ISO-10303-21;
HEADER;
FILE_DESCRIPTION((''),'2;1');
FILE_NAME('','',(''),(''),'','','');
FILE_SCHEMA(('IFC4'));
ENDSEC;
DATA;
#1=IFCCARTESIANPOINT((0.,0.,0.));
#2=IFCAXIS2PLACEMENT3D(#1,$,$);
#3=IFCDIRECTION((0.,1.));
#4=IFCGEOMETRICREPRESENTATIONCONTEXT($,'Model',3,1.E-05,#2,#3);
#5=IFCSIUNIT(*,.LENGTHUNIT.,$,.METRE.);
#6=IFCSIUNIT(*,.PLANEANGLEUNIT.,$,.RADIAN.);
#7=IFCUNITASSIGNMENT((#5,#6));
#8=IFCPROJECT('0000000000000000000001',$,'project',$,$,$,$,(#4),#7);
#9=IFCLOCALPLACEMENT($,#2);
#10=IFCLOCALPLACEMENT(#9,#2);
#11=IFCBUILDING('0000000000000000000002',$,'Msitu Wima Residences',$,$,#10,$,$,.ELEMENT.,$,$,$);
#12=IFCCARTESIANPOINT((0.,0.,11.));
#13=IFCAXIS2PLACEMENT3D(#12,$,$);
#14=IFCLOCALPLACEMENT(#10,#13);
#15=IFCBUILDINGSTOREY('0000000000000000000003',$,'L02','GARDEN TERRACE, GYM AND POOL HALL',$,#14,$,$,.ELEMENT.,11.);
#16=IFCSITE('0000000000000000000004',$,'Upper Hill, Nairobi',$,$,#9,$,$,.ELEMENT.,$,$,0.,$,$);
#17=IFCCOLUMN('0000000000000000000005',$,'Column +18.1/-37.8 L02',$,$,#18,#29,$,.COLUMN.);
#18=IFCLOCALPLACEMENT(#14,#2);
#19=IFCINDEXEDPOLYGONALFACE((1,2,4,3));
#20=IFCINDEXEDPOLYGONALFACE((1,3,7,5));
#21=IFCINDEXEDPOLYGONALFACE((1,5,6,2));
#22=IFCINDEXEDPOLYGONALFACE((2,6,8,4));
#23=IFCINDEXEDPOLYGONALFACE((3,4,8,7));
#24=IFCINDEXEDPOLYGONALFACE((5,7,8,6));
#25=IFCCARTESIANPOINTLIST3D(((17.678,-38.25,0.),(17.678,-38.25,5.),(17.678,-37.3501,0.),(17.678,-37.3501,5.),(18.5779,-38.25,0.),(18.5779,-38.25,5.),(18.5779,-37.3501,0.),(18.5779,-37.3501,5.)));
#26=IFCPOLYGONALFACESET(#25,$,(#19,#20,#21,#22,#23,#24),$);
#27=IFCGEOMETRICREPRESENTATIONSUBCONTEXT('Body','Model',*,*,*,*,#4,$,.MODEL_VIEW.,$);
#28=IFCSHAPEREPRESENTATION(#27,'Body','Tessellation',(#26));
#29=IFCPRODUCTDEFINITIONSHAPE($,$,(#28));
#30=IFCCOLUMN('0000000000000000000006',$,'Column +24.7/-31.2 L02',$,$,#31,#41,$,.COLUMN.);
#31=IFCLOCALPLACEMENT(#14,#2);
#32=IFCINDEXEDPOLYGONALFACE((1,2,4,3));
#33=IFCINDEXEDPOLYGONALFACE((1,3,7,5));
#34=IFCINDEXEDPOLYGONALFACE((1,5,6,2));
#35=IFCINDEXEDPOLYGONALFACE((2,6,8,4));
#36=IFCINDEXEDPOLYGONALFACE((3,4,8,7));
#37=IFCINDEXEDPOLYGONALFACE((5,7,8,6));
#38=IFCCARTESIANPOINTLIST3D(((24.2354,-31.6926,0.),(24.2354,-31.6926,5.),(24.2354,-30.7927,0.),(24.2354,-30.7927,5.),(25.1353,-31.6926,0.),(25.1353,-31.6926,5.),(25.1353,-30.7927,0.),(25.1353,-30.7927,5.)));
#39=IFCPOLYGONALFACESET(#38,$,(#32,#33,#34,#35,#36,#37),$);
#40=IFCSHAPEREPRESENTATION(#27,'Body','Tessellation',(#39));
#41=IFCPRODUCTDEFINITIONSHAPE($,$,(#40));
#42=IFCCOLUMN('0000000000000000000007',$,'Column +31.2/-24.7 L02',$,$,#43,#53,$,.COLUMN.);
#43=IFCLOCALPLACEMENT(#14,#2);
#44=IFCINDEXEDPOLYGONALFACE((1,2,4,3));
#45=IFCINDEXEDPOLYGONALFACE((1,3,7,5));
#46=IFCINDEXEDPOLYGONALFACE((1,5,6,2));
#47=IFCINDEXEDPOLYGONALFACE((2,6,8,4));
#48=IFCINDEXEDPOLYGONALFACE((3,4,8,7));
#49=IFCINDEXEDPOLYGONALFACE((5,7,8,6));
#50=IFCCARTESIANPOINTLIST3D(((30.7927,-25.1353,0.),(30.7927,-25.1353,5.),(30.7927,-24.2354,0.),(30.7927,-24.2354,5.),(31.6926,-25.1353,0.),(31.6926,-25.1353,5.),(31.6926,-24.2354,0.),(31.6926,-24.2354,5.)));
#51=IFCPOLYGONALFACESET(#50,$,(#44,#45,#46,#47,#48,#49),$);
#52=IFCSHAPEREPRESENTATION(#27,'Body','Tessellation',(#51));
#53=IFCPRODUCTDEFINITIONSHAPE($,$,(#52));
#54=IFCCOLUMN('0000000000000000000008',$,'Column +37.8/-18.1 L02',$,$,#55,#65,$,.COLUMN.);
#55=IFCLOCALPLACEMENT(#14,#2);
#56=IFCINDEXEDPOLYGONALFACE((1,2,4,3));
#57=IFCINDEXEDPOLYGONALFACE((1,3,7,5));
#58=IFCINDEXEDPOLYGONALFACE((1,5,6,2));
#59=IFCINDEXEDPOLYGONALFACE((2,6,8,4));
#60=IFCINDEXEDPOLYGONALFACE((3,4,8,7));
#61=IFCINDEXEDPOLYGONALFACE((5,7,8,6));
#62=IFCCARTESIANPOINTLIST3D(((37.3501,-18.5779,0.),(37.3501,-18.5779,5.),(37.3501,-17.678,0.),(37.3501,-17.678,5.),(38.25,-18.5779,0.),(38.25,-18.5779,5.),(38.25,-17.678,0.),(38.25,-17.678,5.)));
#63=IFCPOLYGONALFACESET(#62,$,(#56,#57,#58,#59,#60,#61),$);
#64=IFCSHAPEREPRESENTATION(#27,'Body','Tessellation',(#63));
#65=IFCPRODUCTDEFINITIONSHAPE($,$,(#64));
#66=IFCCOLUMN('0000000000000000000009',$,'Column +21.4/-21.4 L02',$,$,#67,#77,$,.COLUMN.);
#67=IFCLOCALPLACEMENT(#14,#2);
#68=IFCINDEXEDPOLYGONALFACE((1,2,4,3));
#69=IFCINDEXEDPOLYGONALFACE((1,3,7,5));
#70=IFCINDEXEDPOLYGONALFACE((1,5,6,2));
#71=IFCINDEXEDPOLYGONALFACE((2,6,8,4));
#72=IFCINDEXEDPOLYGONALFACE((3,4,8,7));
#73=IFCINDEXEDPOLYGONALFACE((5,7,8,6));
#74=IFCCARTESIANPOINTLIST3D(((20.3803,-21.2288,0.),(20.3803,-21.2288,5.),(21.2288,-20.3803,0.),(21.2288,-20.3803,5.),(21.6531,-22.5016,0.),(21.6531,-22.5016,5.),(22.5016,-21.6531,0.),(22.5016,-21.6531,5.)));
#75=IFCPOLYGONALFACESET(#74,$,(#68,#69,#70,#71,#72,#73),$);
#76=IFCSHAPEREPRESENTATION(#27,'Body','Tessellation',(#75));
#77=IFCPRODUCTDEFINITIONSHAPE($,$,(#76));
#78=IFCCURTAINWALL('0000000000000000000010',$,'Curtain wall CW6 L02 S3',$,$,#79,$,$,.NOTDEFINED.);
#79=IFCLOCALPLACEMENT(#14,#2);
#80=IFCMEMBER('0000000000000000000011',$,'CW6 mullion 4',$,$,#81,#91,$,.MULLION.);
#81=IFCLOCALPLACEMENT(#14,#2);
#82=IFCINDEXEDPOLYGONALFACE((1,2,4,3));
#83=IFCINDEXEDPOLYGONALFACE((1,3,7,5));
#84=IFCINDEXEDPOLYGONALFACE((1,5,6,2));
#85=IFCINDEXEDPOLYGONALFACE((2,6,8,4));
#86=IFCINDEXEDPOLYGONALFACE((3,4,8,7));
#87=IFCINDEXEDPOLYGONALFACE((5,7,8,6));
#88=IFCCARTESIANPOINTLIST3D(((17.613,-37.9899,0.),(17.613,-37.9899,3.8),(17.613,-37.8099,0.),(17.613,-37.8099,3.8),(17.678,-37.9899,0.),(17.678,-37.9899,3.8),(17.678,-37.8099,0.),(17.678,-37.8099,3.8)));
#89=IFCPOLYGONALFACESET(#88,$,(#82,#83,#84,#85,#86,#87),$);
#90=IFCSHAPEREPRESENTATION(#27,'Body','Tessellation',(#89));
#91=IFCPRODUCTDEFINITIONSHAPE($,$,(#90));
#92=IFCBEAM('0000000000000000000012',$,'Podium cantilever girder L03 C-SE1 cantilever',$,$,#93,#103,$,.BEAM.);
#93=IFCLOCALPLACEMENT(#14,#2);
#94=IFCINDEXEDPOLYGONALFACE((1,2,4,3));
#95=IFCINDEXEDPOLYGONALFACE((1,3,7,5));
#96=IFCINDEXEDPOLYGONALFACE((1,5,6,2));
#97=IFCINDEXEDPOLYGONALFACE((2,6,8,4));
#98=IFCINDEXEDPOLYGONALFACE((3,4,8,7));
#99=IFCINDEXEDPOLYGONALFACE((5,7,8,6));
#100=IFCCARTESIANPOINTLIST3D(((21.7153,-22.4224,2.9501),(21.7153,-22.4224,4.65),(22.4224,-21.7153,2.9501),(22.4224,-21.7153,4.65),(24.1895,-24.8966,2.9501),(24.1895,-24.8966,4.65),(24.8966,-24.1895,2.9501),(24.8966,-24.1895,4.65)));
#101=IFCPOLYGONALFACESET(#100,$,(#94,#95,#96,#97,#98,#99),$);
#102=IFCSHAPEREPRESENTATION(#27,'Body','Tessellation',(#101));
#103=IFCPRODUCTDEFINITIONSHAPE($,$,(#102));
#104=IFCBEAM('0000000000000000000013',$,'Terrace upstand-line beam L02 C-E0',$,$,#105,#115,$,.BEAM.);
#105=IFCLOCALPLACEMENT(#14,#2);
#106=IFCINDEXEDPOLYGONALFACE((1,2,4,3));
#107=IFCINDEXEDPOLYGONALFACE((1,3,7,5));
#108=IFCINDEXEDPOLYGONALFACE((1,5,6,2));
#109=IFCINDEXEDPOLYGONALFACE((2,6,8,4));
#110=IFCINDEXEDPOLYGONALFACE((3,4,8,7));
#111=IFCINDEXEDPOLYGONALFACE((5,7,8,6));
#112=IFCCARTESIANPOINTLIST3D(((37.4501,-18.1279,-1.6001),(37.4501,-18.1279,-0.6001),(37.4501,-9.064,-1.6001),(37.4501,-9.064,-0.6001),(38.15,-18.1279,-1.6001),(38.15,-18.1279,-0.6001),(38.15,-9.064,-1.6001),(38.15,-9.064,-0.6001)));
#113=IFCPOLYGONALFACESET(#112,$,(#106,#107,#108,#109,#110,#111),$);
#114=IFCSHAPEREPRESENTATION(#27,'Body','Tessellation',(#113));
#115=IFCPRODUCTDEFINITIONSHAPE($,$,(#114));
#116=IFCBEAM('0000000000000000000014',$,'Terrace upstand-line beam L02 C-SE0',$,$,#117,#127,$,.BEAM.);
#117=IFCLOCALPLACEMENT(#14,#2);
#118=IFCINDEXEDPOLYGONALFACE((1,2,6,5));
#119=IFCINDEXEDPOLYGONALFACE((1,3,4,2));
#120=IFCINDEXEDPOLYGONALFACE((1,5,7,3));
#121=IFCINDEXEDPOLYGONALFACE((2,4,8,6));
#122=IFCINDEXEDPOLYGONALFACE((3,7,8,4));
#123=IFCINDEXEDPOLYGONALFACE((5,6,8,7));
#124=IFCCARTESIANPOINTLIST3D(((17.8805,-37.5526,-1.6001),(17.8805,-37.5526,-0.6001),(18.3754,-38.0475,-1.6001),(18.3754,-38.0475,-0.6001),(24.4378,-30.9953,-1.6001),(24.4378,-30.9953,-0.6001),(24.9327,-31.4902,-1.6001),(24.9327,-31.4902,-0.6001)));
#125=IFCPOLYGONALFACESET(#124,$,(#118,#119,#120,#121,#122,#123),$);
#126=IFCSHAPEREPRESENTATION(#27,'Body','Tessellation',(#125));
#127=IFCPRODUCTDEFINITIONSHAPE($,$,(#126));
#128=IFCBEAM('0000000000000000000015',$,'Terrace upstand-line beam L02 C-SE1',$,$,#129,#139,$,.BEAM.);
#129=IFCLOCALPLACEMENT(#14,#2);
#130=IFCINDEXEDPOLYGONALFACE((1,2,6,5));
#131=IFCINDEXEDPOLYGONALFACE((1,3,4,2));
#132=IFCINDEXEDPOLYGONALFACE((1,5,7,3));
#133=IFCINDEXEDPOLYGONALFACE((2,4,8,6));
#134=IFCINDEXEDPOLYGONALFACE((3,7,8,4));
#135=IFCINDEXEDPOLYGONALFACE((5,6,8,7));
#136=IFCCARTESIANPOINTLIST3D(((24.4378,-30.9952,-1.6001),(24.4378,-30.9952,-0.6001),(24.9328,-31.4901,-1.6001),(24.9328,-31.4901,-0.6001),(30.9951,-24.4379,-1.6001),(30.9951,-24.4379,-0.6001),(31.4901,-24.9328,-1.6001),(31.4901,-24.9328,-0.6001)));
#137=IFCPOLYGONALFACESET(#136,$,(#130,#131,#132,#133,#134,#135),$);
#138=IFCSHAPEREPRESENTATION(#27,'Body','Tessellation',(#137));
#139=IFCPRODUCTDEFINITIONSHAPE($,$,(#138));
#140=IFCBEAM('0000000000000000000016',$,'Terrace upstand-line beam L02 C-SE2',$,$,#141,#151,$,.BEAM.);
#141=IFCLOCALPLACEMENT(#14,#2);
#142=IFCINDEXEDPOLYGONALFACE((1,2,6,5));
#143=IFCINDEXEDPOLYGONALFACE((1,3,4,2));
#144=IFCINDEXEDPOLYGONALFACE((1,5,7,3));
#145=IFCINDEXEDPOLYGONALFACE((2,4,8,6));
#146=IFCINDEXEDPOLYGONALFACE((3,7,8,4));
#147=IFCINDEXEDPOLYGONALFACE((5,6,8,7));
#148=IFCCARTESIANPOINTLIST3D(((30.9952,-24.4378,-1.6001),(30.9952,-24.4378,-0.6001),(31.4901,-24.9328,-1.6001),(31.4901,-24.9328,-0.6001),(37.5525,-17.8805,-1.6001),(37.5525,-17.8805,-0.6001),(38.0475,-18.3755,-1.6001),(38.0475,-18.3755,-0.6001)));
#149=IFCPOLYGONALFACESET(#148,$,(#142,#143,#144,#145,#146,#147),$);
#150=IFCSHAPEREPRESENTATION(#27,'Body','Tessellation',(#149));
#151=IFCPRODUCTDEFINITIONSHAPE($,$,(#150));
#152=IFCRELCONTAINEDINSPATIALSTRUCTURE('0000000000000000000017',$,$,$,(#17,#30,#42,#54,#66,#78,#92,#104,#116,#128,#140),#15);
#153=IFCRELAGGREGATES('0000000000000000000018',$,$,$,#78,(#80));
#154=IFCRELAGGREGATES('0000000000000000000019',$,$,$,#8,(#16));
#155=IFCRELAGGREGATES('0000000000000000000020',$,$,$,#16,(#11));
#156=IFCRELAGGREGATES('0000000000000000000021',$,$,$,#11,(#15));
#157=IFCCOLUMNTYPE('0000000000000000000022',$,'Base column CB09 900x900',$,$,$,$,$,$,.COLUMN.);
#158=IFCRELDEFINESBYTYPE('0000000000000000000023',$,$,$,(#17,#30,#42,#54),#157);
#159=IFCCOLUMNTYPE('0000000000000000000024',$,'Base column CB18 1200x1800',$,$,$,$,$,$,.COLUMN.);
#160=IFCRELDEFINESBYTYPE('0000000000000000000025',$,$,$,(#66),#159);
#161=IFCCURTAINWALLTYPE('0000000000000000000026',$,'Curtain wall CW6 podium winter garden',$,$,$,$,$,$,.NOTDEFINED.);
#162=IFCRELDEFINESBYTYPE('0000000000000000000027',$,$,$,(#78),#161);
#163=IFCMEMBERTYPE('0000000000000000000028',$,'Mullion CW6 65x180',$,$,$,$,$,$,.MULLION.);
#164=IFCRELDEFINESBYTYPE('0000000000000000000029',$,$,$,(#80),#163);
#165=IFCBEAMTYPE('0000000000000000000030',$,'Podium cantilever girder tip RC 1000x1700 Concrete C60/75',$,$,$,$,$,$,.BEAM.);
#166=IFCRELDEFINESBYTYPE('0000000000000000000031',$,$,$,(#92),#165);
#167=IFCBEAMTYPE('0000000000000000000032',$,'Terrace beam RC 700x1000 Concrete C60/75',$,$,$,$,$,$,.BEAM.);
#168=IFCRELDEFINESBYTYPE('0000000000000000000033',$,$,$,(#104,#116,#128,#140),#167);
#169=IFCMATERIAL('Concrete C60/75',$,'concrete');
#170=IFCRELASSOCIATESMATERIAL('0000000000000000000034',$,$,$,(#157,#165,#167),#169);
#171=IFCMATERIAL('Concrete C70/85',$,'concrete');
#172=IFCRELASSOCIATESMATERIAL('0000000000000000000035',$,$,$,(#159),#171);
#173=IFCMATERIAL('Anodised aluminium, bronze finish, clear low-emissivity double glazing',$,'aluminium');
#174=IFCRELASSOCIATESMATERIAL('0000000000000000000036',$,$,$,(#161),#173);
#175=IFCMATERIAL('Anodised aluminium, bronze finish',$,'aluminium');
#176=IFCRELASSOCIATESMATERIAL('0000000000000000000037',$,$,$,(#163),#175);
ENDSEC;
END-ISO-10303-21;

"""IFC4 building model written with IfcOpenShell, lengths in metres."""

from ifc_helpers import new_model, si_unit, direction, frame, origin, origin_2d, place, context, subcontext, project, spatial, rectangle, extrude, material, material_profile, profile_set, type_object, element, aggregate, save


model = new_model("IFC4")

# Units and contexts
model_context = context("Model", 3, precision=1e-05, world=origin(), true_north=direction((0.0, 1.0)))
body_context = subcontext(model_context, "Body", "Model", "MODEL_VIEW")
ifc_project = project(units=[si_unit("LENGTHUNIT", "METRE"), si_unit("PLANEANGLEUNIT", "RADIAN")], contexts=[model_context])

# Site, building, storey
site_placement = place(None, origin())
site = spatial("IfcSite", under=ifc_project, at=site_placement, Name="Upper Hill, Nairobi", CompositionType="ELEMENT", RefElevation=0.0)
building_placement = place(site_placement, origin())
building = spatial("IfcBuilding", under=site, at=building_placement, Name="Msitu Wima Residences", CompositionType="ELEMENT")
storey_placement = place(building_placement, frame((0.0, 0.0, 11.0)))
storey = spatial("IfcBuildingStorey", under=building, at=storey_placement, Name="L02", Description="GARDEN TERRACE, GYM AND POOL HALL", CompositionType="ELEMENT", Elevation=11.0)

# Columns
ifc_material_1 = material(Name="Concrete C60/75", Category="concrete")
ifc_material_profile_1 = material_profile(ifc_material_1, rectangle(XDim=0.8999, YDim=0.8999, at=origin_2d()), Name="RC 900x900")
ifc_profile_set_1 = profile_set([ifc_material_profile_1], Name="Concrete C60/75")
column_type_1 = type_object("IfcColumnType", Name="Base column CB09 900x900", PredefinedType="COLUMN", material=ifc_profile_set_1)
for number, where, z_axis, x_axis, name in (
    (1, (18.1279, -37.8, 0.0), (0.0, 0.0, 1.0), (1.0, 0.0, 0.0), "Column +18.1/-37.8 L02"),
    (2, (24.6853, -31.2427, 0.0), (0.0, 0.0, 1.0), (1.0, 0.0, 0.0), "Column +24.7/-31.2 L02"),
    (3, (31.2427, -24.6853, 0.0), (0.0, 0.0, 1.0), (1.0, 0.0, 0.0), "Column +31.2/-24.7 L02"),
    (4, (37.8, -18.1279, 0.0), (0.0, 0.0, 1.0), (1.0, 0.0, 0.0), "Column +37.8/-18.1 L02"),
):
    element("IfcColumn", number, at=place(storey_placement, frame(where, z_axis=z_axis, x_axis=x_axis)), inside=storey, type_object=column_type_1, Name=name, PredefinedType="COLUMN", context=body_context, shape_type="SweptSolid", body=[
        extrude(rectangle(XDim=0.8999, YDim=0.8999, at=origin_2d()), origin(), (0.0, 0.0, 1.0), 5.0),
    ])
ifc_material_2 = material(Name="Concrete C70/85", Category="concrete")
ifc_material_profile_2 = material_profile(ifc_material_2, rectangle(XDim=1.2, YDim=1.8, at=origin_2d()), Name="RC 1200x1800")
ifc_profile_set_2 = profile_set([ifc_material_profile_2], Name="Concrete C70/85")
column_type_2 = type_object("IfcColumnType", Name="Base column CB18 1200x1800", PredefinedType="COLUMN", material=ifc_profile_set_2)
column_placement = place(storey_placement, frame((21.4409, -21.4409, 0.0), z_axis=(0.0, 0.0, 1.0), x_axis=(0.707107, 0.707107, 0.0)))
element("IfcColumn", 5, at=column_placement, inside=storey, type_object=column_type_2, Name="Column +21.4/-21.4 L02", PredefinedType="COLUMN", context=body_context, shape_type="SweptSolid", body=[
    extrude(rectangle(XDim=1.2, YDim=1.8, at=origin_2d()), origin(), (0.0, 0.0, 1.0), 5.0),
])

# Curtain wall, member
ifc_material_3 = material(Name="Anodised aluminium, bronze finish, clear low-emissivity double glazing", Category="aluminium")
curtain_wall_type = type_object("IfcCurtainWallType", Name="Curtain wall CW6 podium winter garden", PredefinedType="NOTDEFINED", material=ifc_material_3)
curtain_wall_placement = place(storey_placement, origin())
curtain_wall = element("IfcCurtainWall", 6, at=curtain_wall_placement, inside=storey, type_object=curtain_wall_type, Name="Curtain wall CW6 L02 S3", PredefinedType="NOTDEFINED")
ifc_material_4 = material(Name="Anodised aluminium, bronze finish", Category="aluminium")
ifc_material_profile_3 = material_profile(ifc_material_4, rectangle(XDim=0.1799, YDim=0.0649, at=origin_2d()), Name="Mullion 65x180")
ifc_profile_set_3 = profile_set([ifc_material_profile_3], Name="Anodised aluminium, bronze finish")
member_type = type_object("IfcMemberType", Name="Mullion CW6 65x180", PredefinedType="MULLION", material=ifc_profile_set_3)
member_placement = place(storey_placement, frame((17.6455, -37.8999, 0.0), z_axis=(0.0, 0.0, 1.0), x_axis=(0.0, 1.0, 0.0)))
member = element("IfcMember", 7, at=member_placement, type_object=member_type, Name="CW6 mullion 4", PredefinedType="MULLION", context=body_context, shape_type="SweptSolid", body=[
    extrude(rectangle(XDim=0.1799, YDim=0.0649, at=origin_2d()), origin(), (0.0, 0.0, 1.0), 3.8),
])
aggregate(curtain_wall, [member])

# Beams
ifc_material_profile_4 = material_profile(ifc_material_1, rectangle(XDim=1.0, YDim=1.7, at=origin_2d()), Name="RC 1000x1700")
ifc_profile_set_4 = profile_set([ifc_material_profile_4], Name="Concrete C60/75")
beam_type_1 = type_object("IfcBeamType", Name="Podium cantilever girder tip RC 1000x1700 Concrete C60/75", PredefinedType="BEAM", material=ifc_profile_set_4)
beam_1_placement = place(storey_placement, frame((22.0688, -22.0688, 3.8), z_axis=(0.707107, -0.707107, 0.0), x_axis=(0.707107, 0.707107, 0.0)))
element("IfcBeam", 8, at=beam_1_placement, inside=storey, type_object=beam_type_1, Name="Podium cantilever girder L03 C-SE1 cantilever", PredefinedType="BEAM", context=body_context, shape_type="SweptSolid", body=[
    extrude(rectangle(XDim=1.0, YDim=1.7, at=origin_2d()), origin(), (0.0, 0.0, 1.0), 3.499),
])
ifc_material_profile_5 = material_profile(ifc_material_1, rectangle(XDim=0.7, YDim=1.0, at=origin_2d()), Name="RC 700x1000")
ifc_profile_set_5 = profile_set([ifc_material_profile_5], Name="Concrete C60/75")
beam_type_2 = type_object("IfcBeamType", Name="Terrace beam RC 700x1000 Concrete C60/75", PredefinedType="BEAM", material=ifc_profile_set_5)
beam_2_placement = place(storey_placement, frame((37.8, -18.1279, -1.1001), z_axis=(0.0, 1.0, 0.0), x_axis=(-1.0, 0.0, 0.0)))
element("IfcBeam", 9, at=beam_2_placement, inside=storey, type_object=beam_type_2, Name="Terrace upstand-line beam L02 C-E0", PredefinedType="BEAM", context=body_context, shape_type="SweptSolid", body=[
    extrude(rectangle(XDim=0.7, YDim=1.0, at=origin_2d()), origin(), (0.0, 0.0, 1.0), 9.064),
])
for number, where, z_axis, x_axis, name in (
    (10, (18.1279, -37.8, -1.1001), (0.707107, 0.707107, 0.0), (-0.707107, 0.707107, 0.0), "Terrace upstand-line beam L02 C-SE0"),
    (11, (24.6853, -31.2427, -1.1001), (0.707107, 0.707107, 0.0), (-0.707107, 0.707107, 0.0), "Terrace upstand-line beam L02 C-SE1"),
    (12, (31.2427, -24.6853, -1.1001), (0.707107, 0.707107, 0.0), (-0.707107, 0.707107, 0.0), "Terrace upstand-line beam L02 C-SE2"),
):
    element("IfcBeam", number, at=place(storey_placement, frame(where, z_axis=z_axis, x_axis=x_axis)), inside=storey, type_object=beam_type_2, Name=name, PredefinedType="BEAM", context=body_context, shape_type="SweptSolid", body=[
        extrude(rectangle(XDim=0.7, YDim=1.0, at=origin_2d()), origin(), (0.0, 0.0, 1.0), 9.2734),
    ])

save(model, "model.ifc")
